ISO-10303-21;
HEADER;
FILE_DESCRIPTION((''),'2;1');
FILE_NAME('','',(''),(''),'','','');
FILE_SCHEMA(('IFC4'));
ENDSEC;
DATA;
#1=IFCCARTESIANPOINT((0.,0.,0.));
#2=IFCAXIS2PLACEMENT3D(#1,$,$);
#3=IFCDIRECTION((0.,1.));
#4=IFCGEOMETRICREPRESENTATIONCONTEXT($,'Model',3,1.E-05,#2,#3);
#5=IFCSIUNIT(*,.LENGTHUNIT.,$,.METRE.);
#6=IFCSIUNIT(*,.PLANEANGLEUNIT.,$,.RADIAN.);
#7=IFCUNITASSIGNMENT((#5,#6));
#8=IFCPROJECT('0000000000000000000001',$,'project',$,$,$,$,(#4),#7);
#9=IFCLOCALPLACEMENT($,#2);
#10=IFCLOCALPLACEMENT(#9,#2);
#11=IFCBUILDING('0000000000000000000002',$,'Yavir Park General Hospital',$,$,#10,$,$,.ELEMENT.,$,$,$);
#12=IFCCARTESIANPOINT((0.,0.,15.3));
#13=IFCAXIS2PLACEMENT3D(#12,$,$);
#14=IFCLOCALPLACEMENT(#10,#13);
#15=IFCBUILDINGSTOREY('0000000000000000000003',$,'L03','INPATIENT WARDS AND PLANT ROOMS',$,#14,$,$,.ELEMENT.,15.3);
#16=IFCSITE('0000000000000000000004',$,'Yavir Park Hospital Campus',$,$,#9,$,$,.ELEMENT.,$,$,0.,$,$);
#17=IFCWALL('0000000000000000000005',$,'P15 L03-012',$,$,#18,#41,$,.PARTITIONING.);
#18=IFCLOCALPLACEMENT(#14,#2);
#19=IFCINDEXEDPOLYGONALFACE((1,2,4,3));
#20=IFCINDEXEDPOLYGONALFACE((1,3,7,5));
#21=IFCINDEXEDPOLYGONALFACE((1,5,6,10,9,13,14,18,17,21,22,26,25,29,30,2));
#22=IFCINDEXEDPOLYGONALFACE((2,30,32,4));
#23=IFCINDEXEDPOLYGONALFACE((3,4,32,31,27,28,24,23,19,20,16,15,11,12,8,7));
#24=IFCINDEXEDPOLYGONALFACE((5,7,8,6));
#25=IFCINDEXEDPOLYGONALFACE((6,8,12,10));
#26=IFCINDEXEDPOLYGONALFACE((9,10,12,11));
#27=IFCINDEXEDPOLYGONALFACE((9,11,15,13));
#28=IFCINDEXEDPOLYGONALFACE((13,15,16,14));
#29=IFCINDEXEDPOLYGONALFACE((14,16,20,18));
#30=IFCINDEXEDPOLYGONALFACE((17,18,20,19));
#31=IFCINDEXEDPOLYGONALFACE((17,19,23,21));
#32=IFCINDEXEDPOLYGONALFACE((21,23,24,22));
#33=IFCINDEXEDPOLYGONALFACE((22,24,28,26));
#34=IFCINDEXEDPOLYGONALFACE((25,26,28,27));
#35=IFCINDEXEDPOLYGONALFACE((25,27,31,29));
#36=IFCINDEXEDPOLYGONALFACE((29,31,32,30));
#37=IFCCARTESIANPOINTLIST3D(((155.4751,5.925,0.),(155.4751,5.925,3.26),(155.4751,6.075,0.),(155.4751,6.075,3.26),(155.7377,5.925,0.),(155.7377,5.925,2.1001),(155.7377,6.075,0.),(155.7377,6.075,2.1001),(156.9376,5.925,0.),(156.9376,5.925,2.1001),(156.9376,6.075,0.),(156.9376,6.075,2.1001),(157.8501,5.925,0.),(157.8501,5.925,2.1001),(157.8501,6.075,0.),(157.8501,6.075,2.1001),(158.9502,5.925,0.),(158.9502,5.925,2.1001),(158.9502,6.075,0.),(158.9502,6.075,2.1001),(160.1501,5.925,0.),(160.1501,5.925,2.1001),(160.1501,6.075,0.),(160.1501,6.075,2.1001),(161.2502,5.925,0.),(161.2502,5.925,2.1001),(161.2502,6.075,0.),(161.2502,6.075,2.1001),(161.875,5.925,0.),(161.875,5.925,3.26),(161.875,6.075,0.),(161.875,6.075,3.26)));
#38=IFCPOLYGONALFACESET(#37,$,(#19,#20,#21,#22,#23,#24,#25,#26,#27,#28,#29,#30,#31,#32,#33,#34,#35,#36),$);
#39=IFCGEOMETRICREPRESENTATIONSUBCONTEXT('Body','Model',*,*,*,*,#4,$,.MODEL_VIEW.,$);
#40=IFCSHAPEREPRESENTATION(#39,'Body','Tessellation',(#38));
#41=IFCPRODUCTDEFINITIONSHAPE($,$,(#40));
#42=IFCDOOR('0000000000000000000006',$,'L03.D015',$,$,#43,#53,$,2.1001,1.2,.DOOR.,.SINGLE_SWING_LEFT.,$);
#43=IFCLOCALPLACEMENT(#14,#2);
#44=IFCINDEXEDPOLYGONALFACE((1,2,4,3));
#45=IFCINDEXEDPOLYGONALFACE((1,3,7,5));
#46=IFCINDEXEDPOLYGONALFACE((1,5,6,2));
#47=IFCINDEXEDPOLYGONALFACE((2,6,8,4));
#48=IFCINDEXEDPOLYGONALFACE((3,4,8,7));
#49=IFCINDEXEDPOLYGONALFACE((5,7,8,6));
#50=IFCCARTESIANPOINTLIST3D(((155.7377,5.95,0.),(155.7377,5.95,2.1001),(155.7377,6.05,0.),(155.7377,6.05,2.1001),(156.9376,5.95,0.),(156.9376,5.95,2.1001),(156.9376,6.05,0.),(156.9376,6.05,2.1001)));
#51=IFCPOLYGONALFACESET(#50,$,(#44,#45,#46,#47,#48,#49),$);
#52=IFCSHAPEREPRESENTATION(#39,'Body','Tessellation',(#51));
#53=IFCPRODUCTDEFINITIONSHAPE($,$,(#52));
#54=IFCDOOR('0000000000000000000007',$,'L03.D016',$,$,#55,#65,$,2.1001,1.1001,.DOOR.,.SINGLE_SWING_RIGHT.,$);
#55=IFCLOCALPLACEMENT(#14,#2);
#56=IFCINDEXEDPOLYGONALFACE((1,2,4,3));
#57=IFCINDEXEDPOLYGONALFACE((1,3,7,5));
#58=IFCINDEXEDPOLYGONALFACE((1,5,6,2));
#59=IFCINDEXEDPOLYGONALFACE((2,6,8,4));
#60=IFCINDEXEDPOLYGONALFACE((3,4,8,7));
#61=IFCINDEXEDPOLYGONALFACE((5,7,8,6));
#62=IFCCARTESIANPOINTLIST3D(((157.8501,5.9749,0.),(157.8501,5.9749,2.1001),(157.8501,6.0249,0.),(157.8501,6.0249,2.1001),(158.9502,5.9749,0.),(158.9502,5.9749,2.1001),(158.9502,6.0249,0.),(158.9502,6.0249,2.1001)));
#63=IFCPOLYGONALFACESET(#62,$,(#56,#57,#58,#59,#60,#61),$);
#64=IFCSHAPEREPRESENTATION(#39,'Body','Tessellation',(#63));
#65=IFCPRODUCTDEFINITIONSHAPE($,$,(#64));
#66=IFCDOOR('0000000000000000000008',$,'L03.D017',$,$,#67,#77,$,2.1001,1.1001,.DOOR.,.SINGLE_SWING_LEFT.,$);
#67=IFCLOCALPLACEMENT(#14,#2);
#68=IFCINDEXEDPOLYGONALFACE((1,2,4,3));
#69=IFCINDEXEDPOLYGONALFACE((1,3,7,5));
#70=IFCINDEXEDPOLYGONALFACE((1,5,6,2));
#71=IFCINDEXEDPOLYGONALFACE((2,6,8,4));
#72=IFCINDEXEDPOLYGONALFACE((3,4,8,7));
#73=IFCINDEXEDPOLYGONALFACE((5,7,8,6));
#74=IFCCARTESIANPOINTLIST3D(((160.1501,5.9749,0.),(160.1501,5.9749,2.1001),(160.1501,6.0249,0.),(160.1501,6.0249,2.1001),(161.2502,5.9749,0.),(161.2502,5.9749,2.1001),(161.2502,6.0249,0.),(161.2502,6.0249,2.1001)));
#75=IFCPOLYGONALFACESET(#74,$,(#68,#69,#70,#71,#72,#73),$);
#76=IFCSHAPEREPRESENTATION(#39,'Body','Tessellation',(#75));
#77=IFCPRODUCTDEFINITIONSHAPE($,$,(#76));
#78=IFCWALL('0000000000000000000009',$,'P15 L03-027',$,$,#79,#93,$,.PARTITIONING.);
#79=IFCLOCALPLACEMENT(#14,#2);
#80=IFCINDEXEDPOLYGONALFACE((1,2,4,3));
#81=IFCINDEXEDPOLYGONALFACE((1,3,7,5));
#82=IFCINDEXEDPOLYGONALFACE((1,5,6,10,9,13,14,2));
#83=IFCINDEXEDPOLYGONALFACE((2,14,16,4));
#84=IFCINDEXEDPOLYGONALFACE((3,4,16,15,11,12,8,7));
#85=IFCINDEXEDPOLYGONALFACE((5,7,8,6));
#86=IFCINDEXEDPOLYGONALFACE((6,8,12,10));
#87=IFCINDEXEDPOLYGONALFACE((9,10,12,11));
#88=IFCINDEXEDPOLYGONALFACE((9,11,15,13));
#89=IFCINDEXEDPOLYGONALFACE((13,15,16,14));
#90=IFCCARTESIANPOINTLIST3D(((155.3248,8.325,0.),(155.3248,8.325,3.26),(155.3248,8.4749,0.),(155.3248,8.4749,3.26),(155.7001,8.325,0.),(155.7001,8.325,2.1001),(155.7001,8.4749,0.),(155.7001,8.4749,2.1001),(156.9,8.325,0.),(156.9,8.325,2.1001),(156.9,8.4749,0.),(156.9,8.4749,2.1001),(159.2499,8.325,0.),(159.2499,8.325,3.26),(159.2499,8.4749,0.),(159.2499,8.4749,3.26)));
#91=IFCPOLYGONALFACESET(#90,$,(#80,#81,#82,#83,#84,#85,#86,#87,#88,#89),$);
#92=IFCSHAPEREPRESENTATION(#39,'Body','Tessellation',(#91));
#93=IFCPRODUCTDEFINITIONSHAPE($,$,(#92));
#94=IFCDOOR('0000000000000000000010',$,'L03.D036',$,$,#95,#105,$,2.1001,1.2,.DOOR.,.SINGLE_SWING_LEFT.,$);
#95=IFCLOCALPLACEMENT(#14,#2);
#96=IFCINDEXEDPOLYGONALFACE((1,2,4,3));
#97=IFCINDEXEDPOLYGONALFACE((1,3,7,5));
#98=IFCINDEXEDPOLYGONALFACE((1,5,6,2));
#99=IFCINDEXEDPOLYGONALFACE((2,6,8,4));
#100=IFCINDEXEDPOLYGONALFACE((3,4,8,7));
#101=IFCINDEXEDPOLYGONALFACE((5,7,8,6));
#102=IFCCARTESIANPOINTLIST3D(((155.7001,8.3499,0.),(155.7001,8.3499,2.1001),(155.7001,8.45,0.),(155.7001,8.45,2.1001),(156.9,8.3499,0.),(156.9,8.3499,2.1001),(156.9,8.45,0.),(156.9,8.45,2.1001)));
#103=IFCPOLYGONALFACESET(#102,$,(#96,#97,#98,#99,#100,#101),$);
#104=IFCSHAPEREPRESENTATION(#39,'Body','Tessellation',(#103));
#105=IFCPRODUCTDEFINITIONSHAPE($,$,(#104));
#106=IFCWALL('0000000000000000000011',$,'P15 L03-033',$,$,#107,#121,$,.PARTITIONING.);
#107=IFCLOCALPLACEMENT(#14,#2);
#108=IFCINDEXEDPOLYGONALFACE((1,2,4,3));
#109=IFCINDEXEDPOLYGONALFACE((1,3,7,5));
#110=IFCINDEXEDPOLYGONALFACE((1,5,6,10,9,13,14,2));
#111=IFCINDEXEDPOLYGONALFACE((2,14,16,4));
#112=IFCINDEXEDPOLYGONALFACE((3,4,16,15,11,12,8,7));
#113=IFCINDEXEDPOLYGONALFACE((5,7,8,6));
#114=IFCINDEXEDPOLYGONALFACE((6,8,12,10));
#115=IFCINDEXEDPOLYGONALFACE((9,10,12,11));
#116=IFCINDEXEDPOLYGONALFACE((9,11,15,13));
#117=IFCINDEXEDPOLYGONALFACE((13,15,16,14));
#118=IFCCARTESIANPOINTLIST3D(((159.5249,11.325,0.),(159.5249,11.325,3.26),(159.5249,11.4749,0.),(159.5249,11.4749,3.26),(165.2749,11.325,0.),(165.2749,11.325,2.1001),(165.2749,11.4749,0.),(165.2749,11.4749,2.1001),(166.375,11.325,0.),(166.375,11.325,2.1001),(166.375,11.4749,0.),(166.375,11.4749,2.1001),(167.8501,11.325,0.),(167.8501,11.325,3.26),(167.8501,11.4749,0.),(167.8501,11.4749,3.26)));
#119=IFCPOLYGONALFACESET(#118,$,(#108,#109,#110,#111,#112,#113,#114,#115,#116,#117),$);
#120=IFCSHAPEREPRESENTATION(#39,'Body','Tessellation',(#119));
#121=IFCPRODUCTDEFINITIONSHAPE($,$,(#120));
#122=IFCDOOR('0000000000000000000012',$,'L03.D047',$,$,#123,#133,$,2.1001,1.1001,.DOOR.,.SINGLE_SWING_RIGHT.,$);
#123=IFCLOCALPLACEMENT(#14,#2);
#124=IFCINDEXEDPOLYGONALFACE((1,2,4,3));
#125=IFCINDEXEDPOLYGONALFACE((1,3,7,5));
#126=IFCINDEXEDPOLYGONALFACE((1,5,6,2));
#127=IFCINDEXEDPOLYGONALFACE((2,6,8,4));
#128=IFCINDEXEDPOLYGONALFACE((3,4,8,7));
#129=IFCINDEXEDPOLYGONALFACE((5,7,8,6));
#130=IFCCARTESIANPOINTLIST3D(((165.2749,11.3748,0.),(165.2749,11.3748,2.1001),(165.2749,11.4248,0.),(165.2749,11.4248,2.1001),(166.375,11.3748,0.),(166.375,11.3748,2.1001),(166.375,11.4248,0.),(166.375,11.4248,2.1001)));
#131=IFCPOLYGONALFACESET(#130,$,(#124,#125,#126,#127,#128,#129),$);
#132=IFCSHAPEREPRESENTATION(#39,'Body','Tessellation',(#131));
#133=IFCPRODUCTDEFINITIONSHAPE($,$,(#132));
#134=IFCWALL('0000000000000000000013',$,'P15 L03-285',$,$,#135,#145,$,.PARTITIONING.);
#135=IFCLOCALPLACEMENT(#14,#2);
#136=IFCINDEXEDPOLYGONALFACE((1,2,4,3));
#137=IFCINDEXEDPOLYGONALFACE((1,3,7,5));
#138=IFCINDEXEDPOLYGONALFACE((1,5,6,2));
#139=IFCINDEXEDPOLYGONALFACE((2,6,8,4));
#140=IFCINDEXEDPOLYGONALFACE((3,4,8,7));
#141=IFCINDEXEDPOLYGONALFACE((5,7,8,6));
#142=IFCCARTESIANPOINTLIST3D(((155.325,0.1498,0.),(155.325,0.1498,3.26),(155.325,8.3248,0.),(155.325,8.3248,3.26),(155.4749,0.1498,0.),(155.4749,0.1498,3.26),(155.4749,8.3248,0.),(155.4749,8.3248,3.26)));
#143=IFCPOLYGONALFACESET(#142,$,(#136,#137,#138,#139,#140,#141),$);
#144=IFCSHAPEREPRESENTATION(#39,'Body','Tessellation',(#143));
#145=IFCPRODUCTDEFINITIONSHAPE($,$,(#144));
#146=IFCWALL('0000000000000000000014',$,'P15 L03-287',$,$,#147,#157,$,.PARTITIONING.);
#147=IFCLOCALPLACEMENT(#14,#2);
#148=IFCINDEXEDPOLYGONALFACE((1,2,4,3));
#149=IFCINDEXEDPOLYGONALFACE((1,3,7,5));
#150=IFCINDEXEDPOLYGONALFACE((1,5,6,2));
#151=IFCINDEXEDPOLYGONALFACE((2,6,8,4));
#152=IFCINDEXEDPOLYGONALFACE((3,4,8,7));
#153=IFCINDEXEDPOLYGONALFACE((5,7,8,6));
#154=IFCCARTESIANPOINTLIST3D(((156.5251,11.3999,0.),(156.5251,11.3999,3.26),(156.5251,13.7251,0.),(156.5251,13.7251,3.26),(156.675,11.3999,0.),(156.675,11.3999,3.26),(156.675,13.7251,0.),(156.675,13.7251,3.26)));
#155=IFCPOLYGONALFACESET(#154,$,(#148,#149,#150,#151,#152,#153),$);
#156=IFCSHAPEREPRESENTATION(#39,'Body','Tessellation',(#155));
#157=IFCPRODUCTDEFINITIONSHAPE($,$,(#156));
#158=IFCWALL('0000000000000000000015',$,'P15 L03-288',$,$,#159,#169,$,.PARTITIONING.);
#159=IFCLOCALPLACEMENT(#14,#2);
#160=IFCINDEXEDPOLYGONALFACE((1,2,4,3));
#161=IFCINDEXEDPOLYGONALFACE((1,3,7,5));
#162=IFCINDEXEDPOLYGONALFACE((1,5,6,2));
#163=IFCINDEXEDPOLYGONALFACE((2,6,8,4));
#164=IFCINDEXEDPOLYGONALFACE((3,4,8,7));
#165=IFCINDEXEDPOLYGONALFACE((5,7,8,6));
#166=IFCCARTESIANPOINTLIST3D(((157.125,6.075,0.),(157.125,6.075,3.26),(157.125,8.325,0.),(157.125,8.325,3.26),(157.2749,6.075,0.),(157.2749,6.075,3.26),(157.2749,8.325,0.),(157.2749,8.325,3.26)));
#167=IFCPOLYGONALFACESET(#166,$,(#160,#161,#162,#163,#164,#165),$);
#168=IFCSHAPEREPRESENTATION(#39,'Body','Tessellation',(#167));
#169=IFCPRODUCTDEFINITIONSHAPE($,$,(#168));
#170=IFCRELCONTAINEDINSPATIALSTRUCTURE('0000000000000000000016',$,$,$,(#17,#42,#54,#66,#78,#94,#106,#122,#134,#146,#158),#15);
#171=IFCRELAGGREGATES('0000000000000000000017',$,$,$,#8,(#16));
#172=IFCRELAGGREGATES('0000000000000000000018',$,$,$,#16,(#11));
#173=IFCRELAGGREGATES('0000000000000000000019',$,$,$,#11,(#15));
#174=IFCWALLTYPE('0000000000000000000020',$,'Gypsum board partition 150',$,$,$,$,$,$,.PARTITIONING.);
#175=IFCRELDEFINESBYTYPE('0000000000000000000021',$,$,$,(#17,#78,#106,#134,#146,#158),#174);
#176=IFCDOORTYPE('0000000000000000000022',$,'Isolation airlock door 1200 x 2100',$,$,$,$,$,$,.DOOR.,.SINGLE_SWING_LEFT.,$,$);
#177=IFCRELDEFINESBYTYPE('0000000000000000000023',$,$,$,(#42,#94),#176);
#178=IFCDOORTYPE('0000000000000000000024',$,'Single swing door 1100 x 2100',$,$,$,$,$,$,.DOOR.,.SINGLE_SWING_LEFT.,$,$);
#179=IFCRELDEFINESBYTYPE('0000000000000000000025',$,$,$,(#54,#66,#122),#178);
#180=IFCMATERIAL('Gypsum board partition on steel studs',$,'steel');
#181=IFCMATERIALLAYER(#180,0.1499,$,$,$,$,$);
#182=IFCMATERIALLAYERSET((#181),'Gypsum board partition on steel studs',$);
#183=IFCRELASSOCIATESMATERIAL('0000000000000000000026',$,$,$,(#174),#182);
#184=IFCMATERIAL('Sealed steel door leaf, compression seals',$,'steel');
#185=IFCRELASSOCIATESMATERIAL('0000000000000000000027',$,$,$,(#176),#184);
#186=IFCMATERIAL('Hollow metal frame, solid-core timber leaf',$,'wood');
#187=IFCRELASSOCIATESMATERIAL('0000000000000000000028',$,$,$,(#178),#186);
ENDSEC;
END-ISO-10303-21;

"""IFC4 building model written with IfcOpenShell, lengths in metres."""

from ifc_helpers import new_model, si_unit, direction, frame, frame_2d, origin, place, context, subcontext, project, spatial, rectangle, extrude, material, layer, layer_set, type_object, element, fill, save


model = new_model("IFC4")

# Units and contexts
model_context = context("Model", 3, precision=1e-05, world=origin(), true_north=direction((0.0, 1.0)))
body_context = subcontext(model_context, "Body", "Model", "MODEL_VIEW")
ifc_project = project(units=[si_unit("LENGTHUNIT", "METRE"), si_unit("PLANEANGLEUNIT", "RADIAN")], contexts=[model_context])

# Site, building, storey
site_placement = place(None, origin())
site = spatial("IfcSite", under=ifc_project, at=site_placement, Name="Yavir Park Hospital Campus", CompositionType="ELEMENT", RefElevation=0.0)
building_placement = place(site_placement, origin())
building = spatial("IfcBuilding", under=site, at=building_placement, Name="Yavir Park General Hospital", CompositionType="ELEMENT")
storey_placement = place(building_placement, frame((0.0, 0.0, 15.3)))
storey = spatial("IfcBuildingStorey", under=building, at=storey_placement, Name="L03", Description="INPATIENT WARDS AND PLANT ROOMS", CompositionType="ELEMENT", Elevation=15.3)

# Wall, openings, doors
ifc_material_1 = material(Name="Gypsum board partition on steel studs", Category="steel")
ifc_layer_1 = layer(ifc_material_1, 0.1499)
ifc_layer_set_1 = layer_set([ifc_layer_1], Name="Gypsum board partition on steel studs")
wall_type_1 = type_object("IfcWallType", Name="Gypsum board partition 150", PredefinedType="PARTITIONING", material=ifc_layer_set_1)
wall_1_placement = place(storey_placement, frame((155.4751, 6.0, 0.0), z_axis=(0.0, 0.0, 1.0), x_axis=(1.0, 0.0, 0.0)))
wall_1 = element("IfcWall", 1, at=wall_1_placement, inside=storey, type_object=wall_type_1, Name="P15 L03-012", PredefinedType="PARTITIONING", context=body_context, shape_type="SweptSolid", body=[
    extrude(rectangle(XDim=6.3999, YDim=0.1499, at=frame_2d((3.2, 0.0))), origin(), (0.0, 0.0, 1.0), 3.26),
])
opening_1_placement = place(wall_1_placement, frame((0.2625, 0.0, 0.0)))
opening_1 = element("IfcOpeningElement", 2, at=opening_1_placement, cuts=wall_1, PredefinedType="OPENING", context=body_context, shape_type="SweptSolid", body=[
    extrude(rectangle(XDim=1.2, YDim=2.1001, at=frame_2d((0.6001, 1.05))), frame((0.0, 0.085, 0.0), z_axis=(0.0, -1.0, 0.0), x_axis=(1.0, 0.0, 0.0)), (0.0, 0.0, 1.0), 0.1699),
])
opening_2_placement = place(wall_1_placement, frame((2.375, 0.0, 0.0)))
opening_2 = element("IfcOpeningElement", 3, at=opening_2_placement, cuts=wall_1, PredefinedType="OPENING", context=body_context, shape_type="SweptSolid", body=[
    extrude(rectangle(XDim=1.1001, YDim=2.1001, at=frame_2d((0.55, 1.05))), frame((0.0, 0.085, 0.0), z_axis=(0.0, -1.0, 0.0), x_axis=(1.0, 0.0, 0.0)), (0.0, 0.0, 1.0), 0.1699),
])
opening_3_placement = place(wall_1_placement, frame((4.675, 0.0, 0.0)))
opening_3 = element("IfcOpeningElement", 4, at=opening_3_placement, cuts=wall_1, PredefinedType="OPENING", context=body_context, shape_type="SweptSolid", body=[
    extrude(rectangle(XDim=1.1001, YDim=2.1001, at=frame_2d((0.55, 1.05))), frame((0.0, 0.085, 0.0), z_axis=(0.0, -1.0, 0.0), x_axis=(1.0, 0.0, 0.0)), (0.0, 0.0, 1.0), 0.1699),
])
ifc_material_2 = material(Name="Sealed steel door leaf, compression seals", Category="steel")
door_type_1 = type_object("IfcDoorType", Name="Isolation airlock door 1200 x 2100", OperationType="SINGLE_SWING_LEFT", PredefinedType="DOOR", material=ifc_material_2)
door_1_placement = place(opening_1_placement, origin())
door_1 = element("IfcDoor", 5, at=door_1_placement, inside=storey, type_object=door_type_1, Name="L03.D015", OperationType="SINGLE_SWING_LEFT", OverallHeight=2.1001, OverallWidth=1.2, PredefinedType="DOOR", context=body_context, shape_type="SweptSolid", body=[
    extrude(rectangle(XDim=1.2, YDim=2.1001, at=frame_2d((0.6001, 1.05))), frame((0.0, 0.05, 0.0), z_axis=(0.0, -1.0, 0.0), x_axis=(1.0, 0.0, 0.0)), (0.0, 0.0, 1.0), 0.1001),
])
fill(opening_1, door_1)
ifc_material_3 = material(Name="Hollow metal frame, solid-core timber leaf", Category="wood")
door_type_2 = type_object("IfcDoorType", Name="Single swing door 1100 x 2100", OperationType="SINGLE_SWING_LEFT", PredefinedType="DOOR", material=ifc_material_3)
door_2_placement = place(opening_2_placement, origin())
door_2 = element("IfcDoor", 6, at=door_2_placement, inside=storey, type_object=door_type_2, Name="L03.D016", OperationType="SINGLE_SWING_RIGHT", OverallHeight=2.1001, OverallWidth=1.1001, PredefinedType="DOOR", context=body_context, shape_type="SweptSolid", body=[
    extrude(rectangle(XDim=1.1001, YDim=2.1001, at=frame_2d((0.55, 1.05))), frame((0.0, 0.0249, 0.0), z_axis=(0.0, -1.0, 0.0), x_axis=(1.0, 0.0, 0.0)), (0.0, 0.0, 1.0), 0.05),
])
fill(opening_2, door_2)
door_3_placement = place(opening_3_placement, origin())
door_3 = element("IfcDoor", 7, at=door_3_placement, inside=storey, type_object=door_type_2, Name="L03.D017", OperationType="SINGLE_SWING_LEFT", OverallHeight=2.1001, OverallWidth=1.1001, PredefinedType="DOOR", context=body_context, shape_type="SweptSolid", body=[
    extrude(rectangle(XDim=1.1001, YDim=2.1001, at=frame_2d((0.55, 1.05))), frame((0.0, 0.0249, 0.0), z_axis=(0.0, -1.0, 0.0), x_axis=(1.0, 0.0, 0.0)), (0.0, 0.0, 1.0), 0.05),
])
fill(opening_3, door_3)

# Walls, openings, doors
wall_2_placement = place(storey_placement, frame((155.325, 8.3999, 0.0), z_axis=(0.0, 0.0, 1.0), x_axis=(1.0, 0.0, 0.0)))
wall_2 = element("IfcWall", 8, at=wall_2_placement, inside=storey, type_object=wall_type_1, Name="P15 L03-027", PredefinedType="PARTITIONING", context=body_context, shape_type="SweptSolid", body=[
    extrude(rectangle(XDim=3.925, YDim=0.1499, at=frame_2d((1.9624, 0.0))), origin(), (0.0, 0.0, 1.0), 3.26),
])
opening_4_placement = place(wall_2_placement, frame((0.375, 0.0, 0.0)))
opening_4 = element("IfcOpeningElement", 9, at=opening_4_placement, cuts=wall_2, PredefinedType="OPENING", context=body_context, shape_type="SweptSolid", body=[
    extrude(rectangle(XDim=1.2, YDim=2.1001, at=frame_2d((0.6001, 1.05))), frame((0.0, 0.085, 0.0), z_axis=(0.0, -1.0, 0.0), x_axis=(1.0, 0.0, 0.0)), (0.0, 0.0, 1.0), 0.1699),
])
door_4_placement = place(opening_4_placement, origin())
door_4 = element("IfcDoor", 10, at=door_4_placement, inside=storey, type_object=door_type_1, Name="L03.D036", OperationType="SINGLE_SWING_LEFT", OverallHeight=2.1001, OverallWidth=1.2, PredefinedType="DOOR", context=body_context, shape_type="SweptSolid", body=[
    extrude(rectangle(XDim=1.2, YDim=2.1001, at=frame_2d((0.6001, 1.05))), frame((0.0, 0.05, 0.0), z_axis=(0.0, -1.0, 0.0), x_axis=(1.0, 0.0, 0.0)), (0.0, 0.0, 1.0), 0.1001),
])
fill(opening_4, door_4)
wall_3_placement = place(storey_placement, frame((159.5249, 11.3999, 0.0), z_axis=(0.0, 0.0, 1.0), x_axis=(1.0, 0.0, 0.0)))
wall_3 = element("IfcWall", 11, at=wall_3_placement, inside=storey, type_object=wall_type_1, Name="P15 L03-033", PredefinedType="PARTITIONING", context=body_context, shape_type="SweptSolid", body=[
    extrude(rectangle(XDim=8.3252, YDim=0.1499, at=frame_2d((4.1626, 0.0))), origin(), (0.0, 0.0, 1.0), 3.26),
])
opening_5_placement = place(wall_3_placement, frame((5.75, 0.0, 0.0)))
opening_5 = element("IfcOpeningElement", 12, at=opening_5_placement, cuts=wall_3, PredefinedType="OPENING", context=body_context, shape_type="SweptSolid", body=[
    extrude(rectangle(XDim=1.1001, YDim=2.1001, at=frame_2d((0.55, 1.05))), frame((0.0, 0.085, 0.0), z_axis=(0.0, -1.0, 0.0), x_axis=(1.0, 0.0, 0.0)), (0.0, 0.0, 1.0), 0.1699),
])
door_5_placement = place(opening_5_placement, origin())
door_5 = element("IfcDoor", 13, at=door_5_placement, inside=storey, type_object=door_type_2, Name="L03.D047", OperationType="SINGLE_SWING_RIGHT", OverallHeight=2.1001, OverallWidth=1.1001, PredefinedType="DOOR", context=body_context, shape_type="SweptSolid", body=[
    extrude(rectangle(XDim=1.1001, YDim=2.1001, at=frame_2d((0.55, 1.05))), frame((0.0, 0.0249, 0.0), z_axis=(0.0, -1.0, 0.0), x_axis=(1.0, 0.0, 0.0)), (0.0, 0.0, 1.0), 0.05),
])
fill(opening_5, door_5)

# Walls
wall_4_placement = place(storey_placement, frame((155.3999, 0.1499, 0.0), z_axis=(0.0, 0.0, 1.0), x_axis=(0.0, 1.0, 0.0)))
element("IfcWall", 14, at=wall_4_placement, inside=storey, type_object=wall_type_1, Name="P15 L03-285", PredefinedType="PARTITIONING", context=body_context, shape_type="SweptSolid", body=[
    extrude(rectangle(XDim=8.175, YDim=0.1499, at=frame_2d((4.0874, 0.0))), origin(), (0.0, 0.0, 1.0), 3.26),
])
wall_5_placement = place(storey_placement, frame((156.6001, 11.3999, 0.0), z_axis=(0.0, 0.0, 1.0), x_axis=(0.0, 1.0, 0.0)))
element("IfcWall", 15, at=wall_5_placement, inside=storey, type_object=wall_type_1, Name="P15 L03-287", PredefinedType="PARTITIONING", context=body_context, shape_type="SweptSolid", body=[
    extrude(rectangle(XDim=2.3252, YDim=0.1499, at=frame_2d((1.1626, 0.0))), origin(), (0.0, 0.0, 1.0), 3.26),
])
wall_6_placement = place(storey_placement, frame((157.2, 6.075, 0.0), z_axis=(0.0, 0.0, 1.0), x_axis=(0.0, 1.0, 0.0)))
element("IfcWall", 16, at=wall_6_placement, inside=storey, type_object=wall_type_1, Name="P15 L03-288", PredefinedType="PARTITIONING", context=body_context, shape_type="SweptSolid", body=[
    extrude(rectangle(XDim=2.25, YDim=0.1499, at=frame_2d((1.125, 0.0))), origin(), (0.0, 0.0, 1.0), 3.26),
])

save(model, "model.ifc")
